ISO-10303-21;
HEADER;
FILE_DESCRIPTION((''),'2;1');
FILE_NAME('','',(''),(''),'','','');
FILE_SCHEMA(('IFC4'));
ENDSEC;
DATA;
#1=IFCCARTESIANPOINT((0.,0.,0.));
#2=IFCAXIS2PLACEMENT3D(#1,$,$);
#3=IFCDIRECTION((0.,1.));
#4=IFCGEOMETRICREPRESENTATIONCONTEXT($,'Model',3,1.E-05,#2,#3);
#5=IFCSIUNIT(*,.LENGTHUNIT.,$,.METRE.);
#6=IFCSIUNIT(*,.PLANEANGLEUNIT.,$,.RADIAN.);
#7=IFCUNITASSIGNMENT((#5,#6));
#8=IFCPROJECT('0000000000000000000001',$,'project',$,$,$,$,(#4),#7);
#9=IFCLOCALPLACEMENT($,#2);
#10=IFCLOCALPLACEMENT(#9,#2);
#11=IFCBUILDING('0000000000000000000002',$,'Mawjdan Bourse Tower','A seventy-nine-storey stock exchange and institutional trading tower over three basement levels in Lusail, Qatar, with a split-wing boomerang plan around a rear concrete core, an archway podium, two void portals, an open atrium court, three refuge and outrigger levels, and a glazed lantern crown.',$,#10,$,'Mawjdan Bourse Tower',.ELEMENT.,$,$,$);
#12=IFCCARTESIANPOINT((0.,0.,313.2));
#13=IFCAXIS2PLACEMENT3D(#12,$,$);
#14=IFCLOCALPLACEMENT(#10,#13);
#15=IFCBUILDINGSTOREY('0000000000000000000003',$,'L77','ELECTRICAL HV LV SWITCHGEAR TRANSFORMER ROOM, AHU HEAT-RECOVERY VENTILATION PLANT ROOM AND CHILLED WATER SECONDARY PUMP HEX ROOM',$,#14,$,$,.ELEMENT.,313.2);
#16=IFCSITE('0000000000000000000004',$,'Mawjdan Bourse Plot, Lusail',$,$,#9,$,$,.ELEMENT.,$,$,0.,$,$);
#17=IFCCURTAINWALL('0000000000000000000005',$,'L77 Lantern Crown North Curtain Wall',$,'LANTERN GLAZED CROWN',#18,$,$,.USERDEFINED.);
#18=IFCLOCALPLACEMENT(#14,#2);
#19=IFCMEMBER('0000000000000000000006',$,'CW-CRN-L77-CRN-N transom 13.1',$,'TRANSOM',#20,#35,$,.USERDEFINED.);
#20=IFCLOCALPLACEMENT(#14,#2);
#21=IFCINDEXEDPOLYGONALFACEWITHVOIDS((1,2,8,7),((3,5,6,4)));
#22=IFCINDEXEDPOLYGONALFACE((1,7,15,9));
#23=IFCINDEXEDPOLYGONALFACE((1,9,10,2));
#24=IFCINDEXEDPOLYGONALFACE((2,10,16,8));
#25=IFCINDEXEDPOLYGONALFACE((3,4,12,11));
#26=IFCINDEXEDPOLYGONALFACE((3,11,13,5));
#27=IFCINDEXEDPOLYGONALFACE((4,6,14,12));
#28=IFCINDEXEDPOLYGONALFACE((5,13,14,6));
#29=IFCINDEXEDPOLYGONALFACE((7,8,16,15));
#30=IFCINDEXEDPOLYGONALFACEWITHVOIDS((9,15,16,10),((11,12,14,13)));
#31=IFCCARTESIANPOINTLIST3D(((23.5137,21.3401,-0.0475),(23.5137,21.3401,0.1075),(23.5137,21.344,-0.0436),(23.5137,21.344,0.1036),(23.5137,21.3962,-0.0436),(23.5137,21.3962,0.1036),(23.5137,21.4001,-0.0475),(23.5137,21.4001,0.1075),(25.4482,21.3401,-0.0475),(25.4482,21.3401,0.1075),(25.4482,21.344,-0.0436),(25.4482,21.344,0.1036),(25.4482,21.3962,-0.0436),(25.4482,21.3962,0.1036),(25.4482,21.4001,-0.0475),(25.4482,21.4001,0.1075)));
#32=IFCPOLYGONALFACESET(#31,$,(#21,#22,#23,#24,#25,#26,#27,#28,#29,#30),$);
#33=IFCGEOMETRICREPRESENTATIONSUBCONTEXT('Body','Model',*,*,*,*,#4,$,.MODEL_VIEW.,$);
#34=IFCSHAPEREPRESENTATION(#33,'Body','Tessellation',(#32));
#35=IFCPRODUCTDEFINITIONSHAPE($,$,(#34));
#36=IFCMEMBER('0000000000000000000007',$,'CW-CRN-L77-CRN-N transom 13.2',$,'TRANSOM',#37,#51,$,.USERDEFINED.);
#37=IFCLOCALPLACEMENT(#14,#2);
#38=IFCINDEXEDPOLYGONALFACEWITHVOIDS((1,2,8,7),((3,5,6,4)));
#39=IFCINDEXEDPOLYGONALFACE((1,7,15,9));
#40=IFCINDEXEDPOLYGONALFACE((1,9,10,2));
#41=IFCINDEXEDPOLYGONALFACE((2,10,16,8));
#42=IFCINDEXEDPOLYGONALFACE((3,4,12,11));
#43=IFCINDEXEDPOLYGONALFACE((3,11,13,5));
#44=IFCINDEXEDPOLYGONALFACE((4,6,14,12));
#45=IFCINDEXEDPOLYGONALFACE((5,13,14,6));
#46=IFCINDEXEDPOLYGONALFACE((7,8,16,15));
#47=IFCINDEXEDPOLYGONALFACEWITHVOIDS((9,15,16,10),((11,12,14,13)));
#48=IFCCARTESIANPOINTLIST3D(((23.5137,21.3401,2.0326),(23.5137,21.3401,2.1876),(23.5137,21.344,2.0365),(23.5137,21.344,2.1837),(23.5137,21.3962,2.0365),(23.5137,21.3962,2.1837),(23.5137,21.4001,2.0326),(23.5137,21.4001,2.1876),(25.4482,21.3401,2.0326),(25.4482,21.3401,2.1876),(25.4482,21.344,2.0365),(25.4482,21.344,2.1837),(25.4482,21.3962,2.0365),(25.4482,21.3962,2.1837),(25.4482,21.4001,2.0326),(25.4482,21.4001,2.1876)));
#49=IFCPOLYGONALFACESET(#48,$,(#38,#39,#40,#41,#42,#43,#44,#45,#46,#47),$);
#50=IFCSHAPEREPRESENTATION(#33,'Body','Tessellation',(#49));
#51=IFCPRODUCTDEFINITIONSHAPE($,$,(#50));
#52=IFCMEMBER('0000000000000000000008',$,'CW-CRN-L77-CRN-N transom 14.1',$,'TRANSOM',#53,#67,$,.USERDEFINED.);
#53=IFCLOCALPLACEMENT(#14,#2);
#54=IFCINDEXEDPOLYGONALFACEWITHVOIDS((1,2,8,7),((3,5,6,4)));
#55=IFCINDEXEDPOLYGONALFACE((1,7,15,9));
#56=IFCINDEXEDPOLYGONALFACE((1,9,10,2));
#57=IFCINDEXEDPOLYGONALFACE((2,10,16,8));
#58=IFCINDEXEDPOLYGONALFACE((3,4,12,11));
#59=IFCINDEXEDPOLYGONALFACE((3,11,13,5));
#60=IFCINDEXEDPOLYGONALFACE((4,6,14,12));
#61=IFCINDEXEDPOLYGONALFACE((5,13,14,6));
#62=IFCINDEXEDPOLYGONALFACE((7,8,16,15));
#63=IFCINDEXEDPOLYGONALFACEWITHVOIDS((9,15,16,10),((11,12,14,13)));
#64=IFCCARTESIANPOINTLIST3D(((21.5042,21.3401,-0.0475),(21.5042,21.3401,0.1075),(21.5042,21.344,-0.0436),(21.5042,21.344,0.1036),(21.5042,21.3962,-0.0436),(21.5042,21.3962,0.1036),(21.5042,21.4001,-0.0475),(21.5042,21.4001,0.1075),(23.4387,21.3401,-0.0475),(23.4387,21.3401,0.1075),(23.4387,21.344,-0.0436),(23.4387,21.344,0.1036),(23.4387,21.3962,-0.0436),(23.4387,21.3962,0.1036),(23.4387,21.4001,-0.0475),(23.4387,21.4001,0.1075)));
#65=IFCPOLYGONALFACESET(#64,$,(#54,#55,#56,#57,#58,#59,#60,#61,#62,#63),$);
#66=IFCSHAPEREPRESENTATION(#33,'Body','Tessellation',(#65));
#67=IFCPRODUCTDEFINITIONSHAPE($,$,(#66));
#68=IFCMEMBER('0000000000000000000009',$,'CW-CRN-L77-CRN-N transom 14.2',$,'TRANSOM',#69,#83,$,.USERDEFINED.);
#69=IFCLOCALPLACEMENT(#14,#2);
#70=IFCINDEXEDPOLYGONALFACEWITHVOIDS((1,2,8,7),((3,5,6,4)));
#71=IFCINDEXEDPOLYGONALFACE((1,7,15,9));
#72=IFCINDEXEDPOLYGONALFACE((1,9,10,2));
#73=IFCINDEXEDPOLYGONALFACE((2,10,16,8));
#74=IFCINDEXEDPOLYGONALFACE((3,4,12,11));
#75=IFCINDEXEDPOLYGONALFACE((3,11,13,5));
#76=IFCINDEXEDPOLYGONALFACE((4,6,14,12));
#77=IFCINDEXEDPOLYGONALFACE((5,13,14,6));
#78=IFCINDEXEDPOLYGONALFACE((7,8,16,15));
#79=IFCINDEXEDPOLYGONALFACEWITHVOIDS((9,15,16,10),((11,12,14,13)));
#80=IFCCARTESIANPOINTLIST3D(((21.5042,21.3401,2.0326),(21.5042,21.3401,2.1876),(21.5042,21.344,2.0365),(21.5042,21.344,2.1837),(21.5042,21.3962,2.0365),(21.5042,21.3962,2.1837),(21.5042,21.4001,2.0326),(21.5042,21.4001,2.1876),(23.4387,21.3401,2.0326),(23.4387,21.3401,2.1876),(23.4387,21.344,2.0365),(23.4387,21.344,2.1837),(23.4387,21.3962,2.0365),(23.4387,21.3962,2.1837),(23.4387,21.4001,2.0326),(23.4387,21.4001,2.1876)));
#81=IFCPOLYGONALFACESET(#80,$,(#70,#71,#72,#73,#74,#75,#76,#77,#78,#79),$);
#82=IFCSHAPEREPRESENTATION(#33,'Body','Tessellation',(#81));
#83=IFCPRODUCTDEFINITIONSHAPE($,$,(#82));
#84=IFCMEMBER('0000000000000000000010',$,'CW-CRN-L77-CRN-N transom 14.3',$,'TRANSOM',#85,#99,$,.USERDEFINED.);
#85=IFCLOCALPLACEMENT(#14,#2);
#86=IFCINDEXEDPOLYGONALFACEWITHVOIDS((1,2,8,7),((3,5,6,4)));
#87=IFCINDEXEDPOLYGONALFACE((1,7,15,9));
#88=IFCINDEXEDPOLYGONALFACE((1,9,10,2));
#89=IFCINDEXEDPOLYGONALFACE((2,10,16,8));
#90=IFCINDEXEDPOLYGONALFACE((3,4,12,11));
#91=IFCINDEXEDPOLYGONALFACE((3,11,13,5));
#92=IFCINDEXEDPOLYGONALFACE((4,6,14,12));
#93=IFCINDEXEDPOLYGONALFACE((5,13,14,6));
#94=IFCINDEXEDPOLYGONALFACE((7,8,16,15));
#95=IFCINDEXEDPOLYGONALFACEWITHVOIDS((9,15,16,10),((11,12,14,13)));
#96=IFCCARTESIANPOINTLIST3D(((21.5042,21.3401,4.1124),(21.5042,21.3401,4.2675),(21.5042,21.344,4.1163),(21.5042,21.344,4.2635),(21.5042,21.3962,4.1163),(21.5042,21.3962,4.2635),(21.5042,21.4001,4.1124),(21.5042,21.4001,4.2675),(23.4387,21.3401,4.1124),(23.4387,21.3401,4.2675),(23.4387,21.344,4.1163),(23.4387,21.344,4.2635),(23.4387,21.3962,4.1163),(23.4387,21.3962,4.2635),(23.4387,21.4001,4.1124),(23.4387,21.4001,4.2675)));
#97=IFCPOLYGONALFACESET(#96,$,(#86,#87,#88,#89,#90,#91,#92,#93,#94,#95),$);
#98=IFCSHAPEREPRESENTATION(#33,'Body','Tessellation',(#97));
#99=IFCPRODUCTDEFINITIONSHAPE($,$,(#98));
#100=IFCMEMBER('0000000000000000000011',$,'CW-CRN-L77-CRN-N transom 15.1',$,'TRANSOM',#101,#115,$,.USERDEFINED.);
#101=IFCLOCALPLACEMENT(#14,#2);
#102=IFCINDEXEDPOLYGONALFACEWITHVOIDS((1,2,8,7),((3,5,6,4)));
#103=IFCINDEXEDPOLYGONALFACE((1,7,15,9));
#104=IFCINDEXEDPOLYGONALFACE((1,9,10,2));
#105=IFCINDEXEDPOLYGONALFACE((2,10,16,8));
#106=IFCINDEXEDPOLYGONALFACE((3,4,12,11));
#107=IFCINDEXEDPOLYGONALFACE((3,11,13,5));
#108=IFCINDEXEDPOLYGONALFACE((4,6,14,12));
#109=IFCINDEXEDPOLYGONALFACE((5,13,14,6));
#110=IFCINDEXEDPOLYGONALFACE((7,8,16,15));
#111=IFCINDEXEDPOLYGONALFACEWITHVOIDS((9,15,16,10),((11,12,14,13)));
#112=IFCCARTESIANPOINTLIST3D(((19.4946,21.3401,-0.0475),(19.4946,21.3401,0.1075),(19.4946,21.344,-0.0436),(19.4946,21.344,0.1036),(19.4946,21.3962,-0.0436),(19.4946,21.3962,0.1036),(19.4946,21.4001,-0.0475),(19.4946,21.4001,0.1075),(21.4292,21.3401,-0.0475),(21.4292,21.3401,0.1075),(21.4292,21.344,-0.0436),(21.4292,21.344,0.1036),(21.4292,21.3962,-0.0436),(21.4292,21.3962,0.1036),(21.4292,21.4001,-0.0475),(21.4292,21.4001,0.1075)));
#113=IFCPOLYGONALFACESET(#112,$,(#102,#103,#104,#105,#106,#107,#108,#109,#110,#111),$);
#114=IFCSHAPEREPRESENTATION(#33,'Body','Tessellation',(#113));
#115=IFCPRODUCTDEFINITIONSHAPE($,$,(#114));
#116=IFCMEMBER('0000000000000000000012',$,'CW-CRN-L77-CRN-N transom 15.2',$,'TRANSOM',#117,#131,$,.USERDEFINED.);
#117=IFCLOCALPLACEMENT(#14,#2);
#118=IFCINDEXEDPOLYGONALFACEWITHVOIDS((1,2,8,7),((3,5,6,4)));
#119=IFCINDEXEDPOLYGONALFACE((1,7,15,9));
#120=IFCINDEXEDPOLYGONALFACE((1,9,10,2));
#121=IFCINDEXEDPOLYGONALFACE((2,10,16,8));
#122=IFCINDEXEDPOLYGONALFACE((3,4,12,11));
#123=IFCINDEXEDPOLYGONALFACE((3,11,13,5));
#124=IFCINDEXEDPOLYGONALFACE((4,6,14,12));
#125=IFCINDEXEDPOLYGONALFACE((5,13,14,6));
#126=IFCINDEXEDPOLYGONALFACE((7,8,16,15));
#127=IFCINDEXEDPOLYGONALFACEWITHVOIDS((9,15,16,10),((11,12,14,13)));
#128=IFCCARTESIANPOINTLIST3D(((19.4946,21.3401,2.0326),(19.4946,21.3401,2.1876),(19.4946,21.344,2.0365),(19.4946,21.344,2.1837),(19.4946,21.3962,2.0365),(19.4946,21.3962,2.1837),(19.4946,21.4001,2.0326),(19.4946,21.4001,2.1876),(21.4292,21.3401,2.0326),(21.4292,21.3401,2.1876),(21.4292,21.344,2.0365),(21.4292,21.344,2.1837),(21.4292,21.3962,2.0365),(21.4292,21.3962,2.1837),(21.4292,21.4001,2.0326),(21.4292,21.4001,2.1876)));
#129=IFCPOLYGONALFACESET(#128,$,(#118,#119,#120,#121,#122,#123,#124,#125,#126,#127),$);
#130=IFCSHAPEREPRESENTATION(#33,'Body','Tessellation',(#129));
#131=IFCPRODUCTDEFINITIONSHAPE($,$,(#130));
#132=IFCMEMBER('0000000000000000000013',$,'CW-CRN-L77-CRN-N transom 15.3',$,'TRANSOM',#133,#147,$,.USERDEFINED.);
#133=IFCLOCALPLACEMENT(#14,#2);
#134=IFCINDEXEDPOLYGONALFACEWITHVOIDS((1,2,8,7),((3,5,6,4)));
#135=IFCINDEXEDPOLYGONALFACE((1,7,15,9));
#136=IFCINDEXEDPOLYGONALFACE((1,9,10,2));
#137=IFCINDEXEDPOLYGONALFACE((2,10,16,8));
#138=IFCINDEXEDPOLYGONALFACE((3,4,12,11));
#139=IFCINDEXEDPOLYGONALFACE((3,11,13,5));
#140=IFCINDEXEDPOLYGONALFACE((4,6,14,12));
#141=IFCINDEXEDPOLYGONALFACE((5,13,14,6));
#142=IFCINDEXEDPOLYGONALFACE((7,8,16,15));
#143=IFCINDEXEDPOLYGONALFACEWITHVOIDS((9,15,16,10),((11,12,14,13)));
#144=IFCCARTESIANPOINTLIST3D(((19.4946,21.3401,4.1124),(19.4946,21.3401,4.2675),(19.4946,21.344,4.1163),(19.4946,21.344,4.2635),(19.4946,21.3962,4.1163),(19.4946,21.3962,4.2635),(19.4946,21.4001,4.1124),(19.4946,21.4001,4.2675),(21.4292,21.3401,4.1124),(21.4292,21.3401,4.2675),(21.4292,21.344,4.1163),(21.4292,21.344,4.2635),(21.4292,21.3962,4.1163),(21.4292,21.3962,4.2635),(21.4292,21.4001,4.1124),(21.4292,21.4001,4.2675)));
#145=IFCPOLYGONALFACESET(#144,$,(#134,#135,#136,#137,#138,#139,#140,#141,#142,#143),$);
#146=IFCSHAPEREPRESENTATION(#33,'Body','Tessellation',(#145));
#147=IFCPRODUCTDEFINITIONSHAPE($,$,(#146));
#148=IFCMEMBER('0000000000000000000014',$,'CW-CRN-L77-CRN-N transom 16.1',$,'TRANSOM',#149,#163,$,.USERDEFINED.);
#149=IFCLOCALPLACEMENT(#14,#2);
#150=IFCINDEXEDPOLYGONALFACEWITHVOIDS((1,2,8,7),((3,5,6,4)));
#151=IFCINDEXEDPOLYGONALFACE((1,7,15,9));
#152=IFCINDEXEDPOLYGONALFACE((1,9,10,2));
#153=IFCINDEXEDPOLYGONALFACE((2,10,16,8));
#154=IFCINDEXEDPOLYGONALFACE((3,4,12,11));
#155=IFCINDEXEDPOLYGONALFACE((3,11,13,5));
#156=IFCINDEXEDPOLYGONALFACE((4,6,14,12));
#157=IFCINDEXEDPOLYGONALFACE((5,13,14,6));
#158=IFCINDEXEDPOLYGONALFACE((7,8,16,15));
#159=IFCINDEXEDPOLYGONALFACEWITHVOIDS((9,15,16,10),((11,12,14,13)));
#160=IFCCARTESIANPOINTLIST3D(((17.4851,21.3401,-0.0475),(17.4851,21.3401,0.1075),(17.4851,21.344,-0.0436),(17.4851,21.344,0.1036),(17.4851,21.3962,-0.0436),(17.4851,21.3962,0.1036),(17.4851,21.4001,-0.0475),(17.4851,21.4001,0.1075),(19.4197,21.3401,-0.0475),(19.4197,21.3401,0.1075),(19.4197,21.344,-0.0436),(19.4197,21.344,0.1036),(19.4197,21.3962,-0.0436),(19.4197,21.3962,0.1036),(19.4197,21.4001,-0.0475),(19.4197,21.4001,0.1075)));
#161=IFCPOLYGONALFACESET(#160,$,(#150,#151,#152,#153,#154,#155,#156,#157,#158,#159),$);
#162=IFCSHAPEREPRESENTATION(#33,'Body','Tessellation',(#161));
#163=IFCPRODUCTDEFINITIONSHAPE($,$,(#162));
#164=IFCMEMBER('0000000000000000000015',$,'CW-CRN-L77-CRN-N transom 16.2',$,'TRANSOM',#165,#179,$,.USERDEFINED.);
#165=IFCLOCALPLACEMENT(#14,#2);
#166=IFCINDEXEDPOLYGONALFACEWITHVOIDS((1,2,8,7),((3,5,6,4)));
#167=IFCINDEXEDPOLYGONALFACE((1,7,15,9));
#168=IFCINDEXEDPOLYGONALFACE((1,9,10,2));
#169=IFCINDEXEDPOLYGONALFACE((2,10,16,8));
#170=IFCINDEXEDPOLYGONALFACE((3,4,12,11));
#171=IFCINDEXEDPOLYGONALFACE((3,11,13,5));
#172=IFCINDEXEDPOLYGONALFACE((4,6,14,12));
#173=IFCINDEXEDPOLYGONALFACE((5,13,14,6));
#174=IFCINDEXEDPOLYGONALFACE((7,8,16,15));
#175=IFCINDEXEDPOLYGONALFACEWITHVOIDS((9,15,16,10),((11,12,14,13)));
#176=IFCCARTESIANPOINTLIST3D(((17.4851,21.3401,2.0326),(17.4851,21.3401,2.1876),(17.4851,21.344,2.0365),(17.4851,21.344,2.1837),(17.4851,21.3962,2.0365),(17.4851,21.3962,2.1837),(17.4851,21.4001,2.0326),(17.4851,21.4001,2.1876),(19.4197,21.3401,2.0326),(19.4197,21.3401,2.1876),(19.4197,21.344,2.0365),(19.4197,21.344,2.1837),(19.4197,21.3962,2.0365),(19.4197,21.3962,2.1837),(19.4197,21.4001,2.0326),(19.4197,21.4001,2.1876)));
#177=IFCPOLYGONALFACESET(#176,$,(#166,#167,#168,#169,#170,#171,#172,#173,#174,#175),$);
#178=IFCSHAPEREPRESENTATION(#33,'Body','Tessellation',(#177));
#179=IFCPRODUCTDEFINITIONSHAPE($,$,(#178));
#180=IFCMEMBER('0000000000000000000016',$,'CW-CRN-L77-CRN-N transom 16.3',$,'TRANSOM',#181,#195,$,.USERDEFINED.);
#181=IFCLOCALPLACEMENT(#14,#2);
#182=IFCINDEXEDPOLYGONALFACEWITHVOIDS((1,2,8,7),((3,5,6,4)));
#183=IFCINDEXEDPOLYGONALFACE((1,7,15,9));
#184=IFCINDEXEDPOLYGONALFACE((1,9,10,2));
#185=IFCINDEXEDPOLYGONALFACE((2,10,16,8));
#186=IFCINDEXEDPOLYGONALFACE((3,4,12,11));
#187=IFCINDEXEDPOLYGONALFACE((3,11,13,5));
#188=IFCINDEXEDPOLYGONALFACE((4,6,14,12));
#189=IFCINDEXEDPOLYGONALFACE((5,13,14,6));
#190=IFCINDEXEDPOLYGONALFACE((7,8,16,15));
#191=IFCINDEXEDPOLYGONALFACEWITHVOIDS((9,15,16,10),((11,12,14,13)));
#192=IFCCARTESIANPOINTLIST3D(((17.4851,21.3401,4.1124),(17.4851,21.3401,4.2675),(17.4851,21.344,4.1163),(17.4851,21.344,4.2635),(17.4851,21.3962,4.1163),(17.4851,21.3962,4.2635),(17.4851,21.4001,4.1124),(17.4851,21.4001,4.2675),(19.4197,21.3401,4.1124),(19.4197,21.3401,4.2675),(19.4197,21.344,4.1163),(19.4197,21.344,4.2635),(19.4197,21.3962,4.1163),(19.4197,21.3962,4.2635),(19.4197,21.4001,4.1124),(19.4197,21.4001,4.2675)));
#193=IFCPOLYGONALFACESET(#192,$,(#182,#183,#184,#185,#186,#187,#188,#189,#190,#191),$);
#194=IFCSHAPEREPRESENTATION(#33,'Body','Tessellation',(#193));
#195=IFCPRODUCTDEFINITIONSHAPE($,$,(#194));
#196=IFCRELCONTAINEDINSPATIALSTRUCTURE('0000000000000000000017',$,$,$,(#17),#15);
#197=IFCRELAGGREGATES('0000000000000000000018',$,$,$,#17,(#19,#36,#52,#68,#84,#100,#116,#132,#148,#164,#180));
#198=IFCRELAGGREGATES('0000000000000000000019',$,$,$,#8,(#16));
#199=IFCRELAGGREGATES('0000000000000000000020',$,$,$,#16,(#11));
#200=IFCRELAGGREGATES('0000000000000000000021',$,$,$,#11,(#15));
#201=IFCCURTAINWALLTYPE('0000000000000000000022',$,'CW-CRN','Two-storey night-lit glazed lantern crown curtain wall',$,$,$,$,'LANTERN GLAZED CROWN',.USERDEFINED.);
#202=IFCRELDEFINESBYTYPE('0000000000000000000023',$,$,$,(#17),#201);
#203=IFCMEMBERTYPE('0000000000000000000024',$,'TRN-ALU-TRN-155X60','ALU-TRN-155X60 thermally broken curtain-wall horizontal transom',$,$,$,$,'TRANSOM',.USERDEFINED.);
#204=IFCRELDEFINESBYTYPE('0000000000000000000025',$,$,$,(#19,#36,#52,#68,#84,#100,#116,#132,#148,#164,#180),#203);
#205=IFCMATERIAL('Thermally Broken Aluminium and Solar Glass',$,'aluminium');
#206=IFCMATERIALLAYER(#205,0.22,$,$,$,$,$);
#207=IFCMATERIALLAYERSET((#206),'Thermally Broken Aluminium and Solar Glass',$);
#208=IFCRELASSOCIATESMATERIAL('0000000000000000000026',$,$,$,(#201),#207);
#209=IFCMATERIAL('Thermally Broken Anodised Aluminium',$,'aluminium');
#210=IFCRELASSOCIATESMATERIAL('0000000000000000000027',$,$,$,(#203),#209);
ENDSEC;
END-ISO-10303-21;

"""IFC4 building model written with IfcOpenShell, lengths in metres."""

from ifc_helpers import new_model, si_unit, direction, frame, origin, origin_2d, place, context, subcontext, project, spatial, hollow_rectangle, extrude, material, layer, layer_set, material_profile, profile_set, type_object, element, aggregate, save


model = new_model("IFC4")

# Units and contexts
model_context = context("Model", 3, precision=1e-05, world=origin(), true_north=direction((0.0, 1.0)))
body_context = subcontext(model_context, "Body", "Model", "MODEL_VIEW")
ifc_project = project(units=[si_unit("LENGTHUNIT", "METRE"), si_unit("PLANEANGLEUNIT", "RADIAN")], contexts=[model_context])

# Site, building, storey
site_placement = place(None, origin())
site = spatial("IfcSite", under=ifc_project, at=site_placement, Name="Mawjdan Bourse Plot, Lusail", CompositionType="ELEMENT", RefElevation=0.0)
building_placement = place(site_placement, origin())
building = spatial("IfcBuilding", under=site, at=building_placement, Name="Mawjdan Bourse Tower", Description="A seventy-nine-storey stock exchange and institutional trading tower over three basement levels in Lusail, Qatar, with a split-wing boomerang plan around a rear concrete core, an archway podium, two void portals, an open atrium court, three refuge and outrigger levels, and a glazed lantern crown.", LongName="Mawjdan Bourse Tower", CompositionType="ELEMENT")
storey_placement = place(building_placement, frame((0.0, 0.0, 313.2)))
storey = spatial("IfcBuildingStorey", under=building, at=storey_placement, Name="L77", Description="ELECTRICAL HV LV SWITCHGEAR TRANSFORMER ROOM, AHU HEAT-RECOVERY VENTILATION PLANT ROOM AND CHILLED WATER SECONDARY PUMP HEX ROOM", CompositionType="ELEMENT", Elevation=313.2)

# Curtain wall
ifc_material_1 = material(Name="Thermally Broken Aluminium and Solar Glass", Category="aluminium")
ifc_layer_1 = layer(ifc_material_1, 0.22)
ifc_layer_set_1 = layer_set([ifc_layer_1], Name="Thermally Broken Aluminium and Solar Glass")
curtain_wall_type = type_object("IfcCurtainWallType", Name="CW-CRN", Description="Two-storey night-lit glazed lantern crown curtain wall", ElementType="LANTERN GLAZED CROWN", PredefinedType="USERDEFINED", material=ifc_layer_set_1)
curtain_wall_placement = place(storey_placement, origin())
curtain_wall = element("IfcCurtainWall", 1, at=curtain_wall_placement, inside=storey, type_object=curtain_wall_type, Name="L77 Lantern Crown North Curtain Wall", ObjectType="LANTERN GLAZED CROWN", PredefinedType="USERDEFINED")
ifc_material_2 = material(Name="Thermally Broken Anodised Aluminium", Category="aluminium")

# Members
ifc_material_profile_1 = material_profile(ifc_material_2, hollow_rectangle(XDim=0.0601, YDim=0.155, WallThickness=0.0039, at=origin_2d()), Name="ALU-TRN-155X60")
ifc_profile_set_1 = profile_set([ifc_material_profile_1], Name="Thermally Broken Anodised Aluminium")
member_type_1 = type_object("IfcMemberType", Name="TRN-ALU-TRN-155X60", Description="ALU-TRN-155X60 thermally broken curtain-wall horizontal transom", ElementType="TRANSOM", PredefinedType="USERDEFINED", material=ifc_profile_set_1)
member_1_placement = place(storey_placement, frame((25.4482, 21.3701, 0.03), z_axis=(-1.0, 0.0, 0.0), x_axis=(0.0, -1.0, 0.0)))
member_1 = element("IfcMember", 2, at=member_1_placement, type_object=member_type_1, Name="CW-CRN-L77-CRN-N transom 13.1", ObjectType="TRANSOM", PredefinedType="USERDEFINED", context=body_context, shape_type="SweptSolid", body=[
    extrude(hollow_rectangle(XDim=0.0601, YDim=0.155, WallThickness=0.0039, at=origin_2d()), origin(), (0.0, 0.0, 1.0), 1.9346),
])
member_2_placement = place(storey_placement, frame((25.4482, 21.3701, 2.1101), z_axis=(-1.0, 0.0, 0.0), x_axis=(0.0, -1.0, 0.0)))
member_2 = element("IfcMember", 3, at=member_2_placement, type_object=member_type_1, Name="CW-CRN-L77-CRN-N transom 13.2", ObjectType="TRANSOM", PredefinedType="USERDEFINED", context=body_context, shape_type="SweptSolid", body=[
    extrude(hollow_rectangle(XDim=0.0601, YDim=0.155, WallThickness=0.0039, at=origin_2d()), origin(), (0.0, 0.0, 1.0), 1.9346),
])
member_3_placement = place(storey_placement, frame((23.4387, 21.3701, 0.03), z_axis=(-1.0, 0.0, 0.0), x_axis=(0.0, -1.0, 0.0)))
member_3 = element("IfcMember", 4, at=member_3_placement, type_object=member_type_1, Name="CW-CRN-L77-CRN-N transom 14.1", ObjectType="TRANSOM", PredefinedType="USERDEFINED", context=body_context, shape_type="SweptSolid", body=[
    extrude(hollow_rectangle(XDim=0.0601, YDim=0.155, WallThickness=0.0039, at=origin_2d()), origin(), (0.0, 0.0, 1.0), 1.9346),
])
member_4_placement = place(storey_placement, frame((23.4387, 21.3701, 2.1101), z_axis=(-1.0, 0.0, 0.0), x_axis=(0.0, -1.0, 0.0)))
member_4 = element("IfcMember", 5, at=member_4_placement, type_object=member_type_1, Name="CW-CRN-L77-CRN-N transom 14.2", ObjectType="TRANSOM", PredefinedType="USERDEFINED", context=body_context, shape_type="SweptSolid", body=[
    extrude(hollow_rectangle(XDim=0.0601, YDim=0.155, WallThickness=0.0039, at=origin_2d()), origin(), (0.0, 0.0, 1.0), 1.9346),
])
member_5_placement = place(storey_placement, frame((23.4387, 21.3701, 4.1899), z_axis=(-1.0, 0.0, 0.0), x_axis=(0.0, -1.0, 0.0)))
member_5 = element("IfcMember", 6, at=member_5_placement, type_object=member_type_1, Name="CW-CRN-L77-CRN-N transom 14.3", ObjectType="TRANSOM", PredefinedType="USERDEFINED", context=body_context, shape_type="SweptSolid", body=[
    extrude(hollow_rectangle(XDim=0.0601, YDim=0.155, WallThickness=0.0039, at=origin_2d()), origin(), (0.0, 0.0, 1.0), 1.9346),
])
member_6_placement = place(storey_placement, frame((21.4292, 21.3701, 0.03), z_axis=(-1.0, 0.0, 0.0), x_axis=(0.0, -1.0, 0.0)))
member_6 = element("IfcMember", 7, at=member_6_placement, type_object=member_type_1, Name="CW-CRN-L77-CRN-N transom 15.1", ObjectType="TRANSOM", PredefinedType="USERDEFINED", context=body_context, shape_type="SweptSolid", body=[
    extrude(hollow_rectangle(XDim=0.0601, YDim=0.155, WallThickness=0.0039, at=origin_2d()), origin(), (0.0, 0.0, 1.0), 1.9346),
])
member_7_placement = place(storey_placement, frame((21.4292, 21.3701, 2.1101), z_axis=(-1.0, 0.0, 0.0), x_axis=(0.0, -1.0, 0.0)))
member_7 = element("IfcMember", 8, at=member_7_placement, type_object=member_type_1, Name="CW-CRN-L77-CRN-N transom 15.2", ObjectType="TRANSOM", PredefinedType="USERDEFINED", context=body_context, shape_type="SweptSolid", body=[
    extrude(hollow_rectangle(XDim=0.0601, YDim=0.155, WallThickness=0.0039, at=origin_2d()), origin(), (0.0, 0.0, 1.0), 1.9346),
])
member_8_placement = place(storey_placement, frame((21.4292, 21.3701, 4.1899), z_axis=(-1.0, 0.0, 0.0), x_axis=(0.0, -1.0, 0.0)))
member_8 = element("IfcMember", 9, at=member_8_placement, type_object=member_type_1, Name="CW-CRN-L77-CRN-N transom 15.3", ObjectType="TRANSOM", PredefinedType="USERDEFINED", context=body_context, shape_type="SweptSolid", body=[
    extrude(hollow_rectangle(XDim=0.0601, YDim=0.155, WallThickness=0.0039, at=origin_2d()), origin(), (0.0, 0.0, 1.0), 1.9346),
])
member_9_placement = place(storey_placement, frame((19.4197, 21.3701, 0.03), z_axis=(-1.0, 0.0, 0.0), x_axis=(0.0, -1.0, 0.0)))
member_9 = element("IfcMember", 10, at=member_9_placement, type_object=member_type_1, Name="CW-CRN-L77-CRN-N transom 16.1", ObjectType="TRANSOM", PredefinedType="USERDEFINED", context=body_context, shape_type="SweptSolid", body=[
    extrude(hollow_rectangle(XDim=0.0601, YDim=0.155, WallThickness=0.0039, at=origin_2d()), origin(), (0.0, 0.0, 1.0), 1.9346),
])
member_10_placement = place(storey_placement, frame((19.4197, 21.3701, 2.1101), z_axis=(-1.0, 0.0, 0.0), x_axis=(0.0, -1.0, 0.0)))
member_10 = element("IfcMember", 11, at=member_10_placement, type_object=member_type_1, Name="CW-CRN-L77-CRN-N transom 16.2", ObjectType="TRANSOM", PredefinedType="USERDEFINED", context=body_context, shape_type="SweptSolid", body=[
    extrude(hollow_rectangle(XDim=0.0601, YDim=0.155, WallThickness=0.0039, at=origin_2d()), origin(), (0.0, 0.0, 1.0), 1.9346),
])
member_11_placement = place(storey_placement, frame((19.4197, 21.3701, 4.1899), z_axis=(-1.0, 0.0, 0.0), x_axis=(0.0, -1.0, 0.0)))
member_11 = element("IfcMember", 12, at=member_11_placement, type_object=member_type_1, Name="CW-CRN-L77-CRN-N transom 16.3", ObjectType="TRANSOM", PredefinedType="USERDEFINED", context=body_context, shape_type="SweptSolid", body=[
    extrude(hollow_rectangle(XDim=0.0601, YDim=0.155, WallThickness=0.0039, at=origin_2d()), origin(), (0.0, 0.0, 1.0), 1.9346),
])

aggregate(curtain_wall, [member_1, member_2, member_3, member_4, member_5, member_6, member_7, member_8, member_9, member_10, member_11])

save(model, "model.ifc")
